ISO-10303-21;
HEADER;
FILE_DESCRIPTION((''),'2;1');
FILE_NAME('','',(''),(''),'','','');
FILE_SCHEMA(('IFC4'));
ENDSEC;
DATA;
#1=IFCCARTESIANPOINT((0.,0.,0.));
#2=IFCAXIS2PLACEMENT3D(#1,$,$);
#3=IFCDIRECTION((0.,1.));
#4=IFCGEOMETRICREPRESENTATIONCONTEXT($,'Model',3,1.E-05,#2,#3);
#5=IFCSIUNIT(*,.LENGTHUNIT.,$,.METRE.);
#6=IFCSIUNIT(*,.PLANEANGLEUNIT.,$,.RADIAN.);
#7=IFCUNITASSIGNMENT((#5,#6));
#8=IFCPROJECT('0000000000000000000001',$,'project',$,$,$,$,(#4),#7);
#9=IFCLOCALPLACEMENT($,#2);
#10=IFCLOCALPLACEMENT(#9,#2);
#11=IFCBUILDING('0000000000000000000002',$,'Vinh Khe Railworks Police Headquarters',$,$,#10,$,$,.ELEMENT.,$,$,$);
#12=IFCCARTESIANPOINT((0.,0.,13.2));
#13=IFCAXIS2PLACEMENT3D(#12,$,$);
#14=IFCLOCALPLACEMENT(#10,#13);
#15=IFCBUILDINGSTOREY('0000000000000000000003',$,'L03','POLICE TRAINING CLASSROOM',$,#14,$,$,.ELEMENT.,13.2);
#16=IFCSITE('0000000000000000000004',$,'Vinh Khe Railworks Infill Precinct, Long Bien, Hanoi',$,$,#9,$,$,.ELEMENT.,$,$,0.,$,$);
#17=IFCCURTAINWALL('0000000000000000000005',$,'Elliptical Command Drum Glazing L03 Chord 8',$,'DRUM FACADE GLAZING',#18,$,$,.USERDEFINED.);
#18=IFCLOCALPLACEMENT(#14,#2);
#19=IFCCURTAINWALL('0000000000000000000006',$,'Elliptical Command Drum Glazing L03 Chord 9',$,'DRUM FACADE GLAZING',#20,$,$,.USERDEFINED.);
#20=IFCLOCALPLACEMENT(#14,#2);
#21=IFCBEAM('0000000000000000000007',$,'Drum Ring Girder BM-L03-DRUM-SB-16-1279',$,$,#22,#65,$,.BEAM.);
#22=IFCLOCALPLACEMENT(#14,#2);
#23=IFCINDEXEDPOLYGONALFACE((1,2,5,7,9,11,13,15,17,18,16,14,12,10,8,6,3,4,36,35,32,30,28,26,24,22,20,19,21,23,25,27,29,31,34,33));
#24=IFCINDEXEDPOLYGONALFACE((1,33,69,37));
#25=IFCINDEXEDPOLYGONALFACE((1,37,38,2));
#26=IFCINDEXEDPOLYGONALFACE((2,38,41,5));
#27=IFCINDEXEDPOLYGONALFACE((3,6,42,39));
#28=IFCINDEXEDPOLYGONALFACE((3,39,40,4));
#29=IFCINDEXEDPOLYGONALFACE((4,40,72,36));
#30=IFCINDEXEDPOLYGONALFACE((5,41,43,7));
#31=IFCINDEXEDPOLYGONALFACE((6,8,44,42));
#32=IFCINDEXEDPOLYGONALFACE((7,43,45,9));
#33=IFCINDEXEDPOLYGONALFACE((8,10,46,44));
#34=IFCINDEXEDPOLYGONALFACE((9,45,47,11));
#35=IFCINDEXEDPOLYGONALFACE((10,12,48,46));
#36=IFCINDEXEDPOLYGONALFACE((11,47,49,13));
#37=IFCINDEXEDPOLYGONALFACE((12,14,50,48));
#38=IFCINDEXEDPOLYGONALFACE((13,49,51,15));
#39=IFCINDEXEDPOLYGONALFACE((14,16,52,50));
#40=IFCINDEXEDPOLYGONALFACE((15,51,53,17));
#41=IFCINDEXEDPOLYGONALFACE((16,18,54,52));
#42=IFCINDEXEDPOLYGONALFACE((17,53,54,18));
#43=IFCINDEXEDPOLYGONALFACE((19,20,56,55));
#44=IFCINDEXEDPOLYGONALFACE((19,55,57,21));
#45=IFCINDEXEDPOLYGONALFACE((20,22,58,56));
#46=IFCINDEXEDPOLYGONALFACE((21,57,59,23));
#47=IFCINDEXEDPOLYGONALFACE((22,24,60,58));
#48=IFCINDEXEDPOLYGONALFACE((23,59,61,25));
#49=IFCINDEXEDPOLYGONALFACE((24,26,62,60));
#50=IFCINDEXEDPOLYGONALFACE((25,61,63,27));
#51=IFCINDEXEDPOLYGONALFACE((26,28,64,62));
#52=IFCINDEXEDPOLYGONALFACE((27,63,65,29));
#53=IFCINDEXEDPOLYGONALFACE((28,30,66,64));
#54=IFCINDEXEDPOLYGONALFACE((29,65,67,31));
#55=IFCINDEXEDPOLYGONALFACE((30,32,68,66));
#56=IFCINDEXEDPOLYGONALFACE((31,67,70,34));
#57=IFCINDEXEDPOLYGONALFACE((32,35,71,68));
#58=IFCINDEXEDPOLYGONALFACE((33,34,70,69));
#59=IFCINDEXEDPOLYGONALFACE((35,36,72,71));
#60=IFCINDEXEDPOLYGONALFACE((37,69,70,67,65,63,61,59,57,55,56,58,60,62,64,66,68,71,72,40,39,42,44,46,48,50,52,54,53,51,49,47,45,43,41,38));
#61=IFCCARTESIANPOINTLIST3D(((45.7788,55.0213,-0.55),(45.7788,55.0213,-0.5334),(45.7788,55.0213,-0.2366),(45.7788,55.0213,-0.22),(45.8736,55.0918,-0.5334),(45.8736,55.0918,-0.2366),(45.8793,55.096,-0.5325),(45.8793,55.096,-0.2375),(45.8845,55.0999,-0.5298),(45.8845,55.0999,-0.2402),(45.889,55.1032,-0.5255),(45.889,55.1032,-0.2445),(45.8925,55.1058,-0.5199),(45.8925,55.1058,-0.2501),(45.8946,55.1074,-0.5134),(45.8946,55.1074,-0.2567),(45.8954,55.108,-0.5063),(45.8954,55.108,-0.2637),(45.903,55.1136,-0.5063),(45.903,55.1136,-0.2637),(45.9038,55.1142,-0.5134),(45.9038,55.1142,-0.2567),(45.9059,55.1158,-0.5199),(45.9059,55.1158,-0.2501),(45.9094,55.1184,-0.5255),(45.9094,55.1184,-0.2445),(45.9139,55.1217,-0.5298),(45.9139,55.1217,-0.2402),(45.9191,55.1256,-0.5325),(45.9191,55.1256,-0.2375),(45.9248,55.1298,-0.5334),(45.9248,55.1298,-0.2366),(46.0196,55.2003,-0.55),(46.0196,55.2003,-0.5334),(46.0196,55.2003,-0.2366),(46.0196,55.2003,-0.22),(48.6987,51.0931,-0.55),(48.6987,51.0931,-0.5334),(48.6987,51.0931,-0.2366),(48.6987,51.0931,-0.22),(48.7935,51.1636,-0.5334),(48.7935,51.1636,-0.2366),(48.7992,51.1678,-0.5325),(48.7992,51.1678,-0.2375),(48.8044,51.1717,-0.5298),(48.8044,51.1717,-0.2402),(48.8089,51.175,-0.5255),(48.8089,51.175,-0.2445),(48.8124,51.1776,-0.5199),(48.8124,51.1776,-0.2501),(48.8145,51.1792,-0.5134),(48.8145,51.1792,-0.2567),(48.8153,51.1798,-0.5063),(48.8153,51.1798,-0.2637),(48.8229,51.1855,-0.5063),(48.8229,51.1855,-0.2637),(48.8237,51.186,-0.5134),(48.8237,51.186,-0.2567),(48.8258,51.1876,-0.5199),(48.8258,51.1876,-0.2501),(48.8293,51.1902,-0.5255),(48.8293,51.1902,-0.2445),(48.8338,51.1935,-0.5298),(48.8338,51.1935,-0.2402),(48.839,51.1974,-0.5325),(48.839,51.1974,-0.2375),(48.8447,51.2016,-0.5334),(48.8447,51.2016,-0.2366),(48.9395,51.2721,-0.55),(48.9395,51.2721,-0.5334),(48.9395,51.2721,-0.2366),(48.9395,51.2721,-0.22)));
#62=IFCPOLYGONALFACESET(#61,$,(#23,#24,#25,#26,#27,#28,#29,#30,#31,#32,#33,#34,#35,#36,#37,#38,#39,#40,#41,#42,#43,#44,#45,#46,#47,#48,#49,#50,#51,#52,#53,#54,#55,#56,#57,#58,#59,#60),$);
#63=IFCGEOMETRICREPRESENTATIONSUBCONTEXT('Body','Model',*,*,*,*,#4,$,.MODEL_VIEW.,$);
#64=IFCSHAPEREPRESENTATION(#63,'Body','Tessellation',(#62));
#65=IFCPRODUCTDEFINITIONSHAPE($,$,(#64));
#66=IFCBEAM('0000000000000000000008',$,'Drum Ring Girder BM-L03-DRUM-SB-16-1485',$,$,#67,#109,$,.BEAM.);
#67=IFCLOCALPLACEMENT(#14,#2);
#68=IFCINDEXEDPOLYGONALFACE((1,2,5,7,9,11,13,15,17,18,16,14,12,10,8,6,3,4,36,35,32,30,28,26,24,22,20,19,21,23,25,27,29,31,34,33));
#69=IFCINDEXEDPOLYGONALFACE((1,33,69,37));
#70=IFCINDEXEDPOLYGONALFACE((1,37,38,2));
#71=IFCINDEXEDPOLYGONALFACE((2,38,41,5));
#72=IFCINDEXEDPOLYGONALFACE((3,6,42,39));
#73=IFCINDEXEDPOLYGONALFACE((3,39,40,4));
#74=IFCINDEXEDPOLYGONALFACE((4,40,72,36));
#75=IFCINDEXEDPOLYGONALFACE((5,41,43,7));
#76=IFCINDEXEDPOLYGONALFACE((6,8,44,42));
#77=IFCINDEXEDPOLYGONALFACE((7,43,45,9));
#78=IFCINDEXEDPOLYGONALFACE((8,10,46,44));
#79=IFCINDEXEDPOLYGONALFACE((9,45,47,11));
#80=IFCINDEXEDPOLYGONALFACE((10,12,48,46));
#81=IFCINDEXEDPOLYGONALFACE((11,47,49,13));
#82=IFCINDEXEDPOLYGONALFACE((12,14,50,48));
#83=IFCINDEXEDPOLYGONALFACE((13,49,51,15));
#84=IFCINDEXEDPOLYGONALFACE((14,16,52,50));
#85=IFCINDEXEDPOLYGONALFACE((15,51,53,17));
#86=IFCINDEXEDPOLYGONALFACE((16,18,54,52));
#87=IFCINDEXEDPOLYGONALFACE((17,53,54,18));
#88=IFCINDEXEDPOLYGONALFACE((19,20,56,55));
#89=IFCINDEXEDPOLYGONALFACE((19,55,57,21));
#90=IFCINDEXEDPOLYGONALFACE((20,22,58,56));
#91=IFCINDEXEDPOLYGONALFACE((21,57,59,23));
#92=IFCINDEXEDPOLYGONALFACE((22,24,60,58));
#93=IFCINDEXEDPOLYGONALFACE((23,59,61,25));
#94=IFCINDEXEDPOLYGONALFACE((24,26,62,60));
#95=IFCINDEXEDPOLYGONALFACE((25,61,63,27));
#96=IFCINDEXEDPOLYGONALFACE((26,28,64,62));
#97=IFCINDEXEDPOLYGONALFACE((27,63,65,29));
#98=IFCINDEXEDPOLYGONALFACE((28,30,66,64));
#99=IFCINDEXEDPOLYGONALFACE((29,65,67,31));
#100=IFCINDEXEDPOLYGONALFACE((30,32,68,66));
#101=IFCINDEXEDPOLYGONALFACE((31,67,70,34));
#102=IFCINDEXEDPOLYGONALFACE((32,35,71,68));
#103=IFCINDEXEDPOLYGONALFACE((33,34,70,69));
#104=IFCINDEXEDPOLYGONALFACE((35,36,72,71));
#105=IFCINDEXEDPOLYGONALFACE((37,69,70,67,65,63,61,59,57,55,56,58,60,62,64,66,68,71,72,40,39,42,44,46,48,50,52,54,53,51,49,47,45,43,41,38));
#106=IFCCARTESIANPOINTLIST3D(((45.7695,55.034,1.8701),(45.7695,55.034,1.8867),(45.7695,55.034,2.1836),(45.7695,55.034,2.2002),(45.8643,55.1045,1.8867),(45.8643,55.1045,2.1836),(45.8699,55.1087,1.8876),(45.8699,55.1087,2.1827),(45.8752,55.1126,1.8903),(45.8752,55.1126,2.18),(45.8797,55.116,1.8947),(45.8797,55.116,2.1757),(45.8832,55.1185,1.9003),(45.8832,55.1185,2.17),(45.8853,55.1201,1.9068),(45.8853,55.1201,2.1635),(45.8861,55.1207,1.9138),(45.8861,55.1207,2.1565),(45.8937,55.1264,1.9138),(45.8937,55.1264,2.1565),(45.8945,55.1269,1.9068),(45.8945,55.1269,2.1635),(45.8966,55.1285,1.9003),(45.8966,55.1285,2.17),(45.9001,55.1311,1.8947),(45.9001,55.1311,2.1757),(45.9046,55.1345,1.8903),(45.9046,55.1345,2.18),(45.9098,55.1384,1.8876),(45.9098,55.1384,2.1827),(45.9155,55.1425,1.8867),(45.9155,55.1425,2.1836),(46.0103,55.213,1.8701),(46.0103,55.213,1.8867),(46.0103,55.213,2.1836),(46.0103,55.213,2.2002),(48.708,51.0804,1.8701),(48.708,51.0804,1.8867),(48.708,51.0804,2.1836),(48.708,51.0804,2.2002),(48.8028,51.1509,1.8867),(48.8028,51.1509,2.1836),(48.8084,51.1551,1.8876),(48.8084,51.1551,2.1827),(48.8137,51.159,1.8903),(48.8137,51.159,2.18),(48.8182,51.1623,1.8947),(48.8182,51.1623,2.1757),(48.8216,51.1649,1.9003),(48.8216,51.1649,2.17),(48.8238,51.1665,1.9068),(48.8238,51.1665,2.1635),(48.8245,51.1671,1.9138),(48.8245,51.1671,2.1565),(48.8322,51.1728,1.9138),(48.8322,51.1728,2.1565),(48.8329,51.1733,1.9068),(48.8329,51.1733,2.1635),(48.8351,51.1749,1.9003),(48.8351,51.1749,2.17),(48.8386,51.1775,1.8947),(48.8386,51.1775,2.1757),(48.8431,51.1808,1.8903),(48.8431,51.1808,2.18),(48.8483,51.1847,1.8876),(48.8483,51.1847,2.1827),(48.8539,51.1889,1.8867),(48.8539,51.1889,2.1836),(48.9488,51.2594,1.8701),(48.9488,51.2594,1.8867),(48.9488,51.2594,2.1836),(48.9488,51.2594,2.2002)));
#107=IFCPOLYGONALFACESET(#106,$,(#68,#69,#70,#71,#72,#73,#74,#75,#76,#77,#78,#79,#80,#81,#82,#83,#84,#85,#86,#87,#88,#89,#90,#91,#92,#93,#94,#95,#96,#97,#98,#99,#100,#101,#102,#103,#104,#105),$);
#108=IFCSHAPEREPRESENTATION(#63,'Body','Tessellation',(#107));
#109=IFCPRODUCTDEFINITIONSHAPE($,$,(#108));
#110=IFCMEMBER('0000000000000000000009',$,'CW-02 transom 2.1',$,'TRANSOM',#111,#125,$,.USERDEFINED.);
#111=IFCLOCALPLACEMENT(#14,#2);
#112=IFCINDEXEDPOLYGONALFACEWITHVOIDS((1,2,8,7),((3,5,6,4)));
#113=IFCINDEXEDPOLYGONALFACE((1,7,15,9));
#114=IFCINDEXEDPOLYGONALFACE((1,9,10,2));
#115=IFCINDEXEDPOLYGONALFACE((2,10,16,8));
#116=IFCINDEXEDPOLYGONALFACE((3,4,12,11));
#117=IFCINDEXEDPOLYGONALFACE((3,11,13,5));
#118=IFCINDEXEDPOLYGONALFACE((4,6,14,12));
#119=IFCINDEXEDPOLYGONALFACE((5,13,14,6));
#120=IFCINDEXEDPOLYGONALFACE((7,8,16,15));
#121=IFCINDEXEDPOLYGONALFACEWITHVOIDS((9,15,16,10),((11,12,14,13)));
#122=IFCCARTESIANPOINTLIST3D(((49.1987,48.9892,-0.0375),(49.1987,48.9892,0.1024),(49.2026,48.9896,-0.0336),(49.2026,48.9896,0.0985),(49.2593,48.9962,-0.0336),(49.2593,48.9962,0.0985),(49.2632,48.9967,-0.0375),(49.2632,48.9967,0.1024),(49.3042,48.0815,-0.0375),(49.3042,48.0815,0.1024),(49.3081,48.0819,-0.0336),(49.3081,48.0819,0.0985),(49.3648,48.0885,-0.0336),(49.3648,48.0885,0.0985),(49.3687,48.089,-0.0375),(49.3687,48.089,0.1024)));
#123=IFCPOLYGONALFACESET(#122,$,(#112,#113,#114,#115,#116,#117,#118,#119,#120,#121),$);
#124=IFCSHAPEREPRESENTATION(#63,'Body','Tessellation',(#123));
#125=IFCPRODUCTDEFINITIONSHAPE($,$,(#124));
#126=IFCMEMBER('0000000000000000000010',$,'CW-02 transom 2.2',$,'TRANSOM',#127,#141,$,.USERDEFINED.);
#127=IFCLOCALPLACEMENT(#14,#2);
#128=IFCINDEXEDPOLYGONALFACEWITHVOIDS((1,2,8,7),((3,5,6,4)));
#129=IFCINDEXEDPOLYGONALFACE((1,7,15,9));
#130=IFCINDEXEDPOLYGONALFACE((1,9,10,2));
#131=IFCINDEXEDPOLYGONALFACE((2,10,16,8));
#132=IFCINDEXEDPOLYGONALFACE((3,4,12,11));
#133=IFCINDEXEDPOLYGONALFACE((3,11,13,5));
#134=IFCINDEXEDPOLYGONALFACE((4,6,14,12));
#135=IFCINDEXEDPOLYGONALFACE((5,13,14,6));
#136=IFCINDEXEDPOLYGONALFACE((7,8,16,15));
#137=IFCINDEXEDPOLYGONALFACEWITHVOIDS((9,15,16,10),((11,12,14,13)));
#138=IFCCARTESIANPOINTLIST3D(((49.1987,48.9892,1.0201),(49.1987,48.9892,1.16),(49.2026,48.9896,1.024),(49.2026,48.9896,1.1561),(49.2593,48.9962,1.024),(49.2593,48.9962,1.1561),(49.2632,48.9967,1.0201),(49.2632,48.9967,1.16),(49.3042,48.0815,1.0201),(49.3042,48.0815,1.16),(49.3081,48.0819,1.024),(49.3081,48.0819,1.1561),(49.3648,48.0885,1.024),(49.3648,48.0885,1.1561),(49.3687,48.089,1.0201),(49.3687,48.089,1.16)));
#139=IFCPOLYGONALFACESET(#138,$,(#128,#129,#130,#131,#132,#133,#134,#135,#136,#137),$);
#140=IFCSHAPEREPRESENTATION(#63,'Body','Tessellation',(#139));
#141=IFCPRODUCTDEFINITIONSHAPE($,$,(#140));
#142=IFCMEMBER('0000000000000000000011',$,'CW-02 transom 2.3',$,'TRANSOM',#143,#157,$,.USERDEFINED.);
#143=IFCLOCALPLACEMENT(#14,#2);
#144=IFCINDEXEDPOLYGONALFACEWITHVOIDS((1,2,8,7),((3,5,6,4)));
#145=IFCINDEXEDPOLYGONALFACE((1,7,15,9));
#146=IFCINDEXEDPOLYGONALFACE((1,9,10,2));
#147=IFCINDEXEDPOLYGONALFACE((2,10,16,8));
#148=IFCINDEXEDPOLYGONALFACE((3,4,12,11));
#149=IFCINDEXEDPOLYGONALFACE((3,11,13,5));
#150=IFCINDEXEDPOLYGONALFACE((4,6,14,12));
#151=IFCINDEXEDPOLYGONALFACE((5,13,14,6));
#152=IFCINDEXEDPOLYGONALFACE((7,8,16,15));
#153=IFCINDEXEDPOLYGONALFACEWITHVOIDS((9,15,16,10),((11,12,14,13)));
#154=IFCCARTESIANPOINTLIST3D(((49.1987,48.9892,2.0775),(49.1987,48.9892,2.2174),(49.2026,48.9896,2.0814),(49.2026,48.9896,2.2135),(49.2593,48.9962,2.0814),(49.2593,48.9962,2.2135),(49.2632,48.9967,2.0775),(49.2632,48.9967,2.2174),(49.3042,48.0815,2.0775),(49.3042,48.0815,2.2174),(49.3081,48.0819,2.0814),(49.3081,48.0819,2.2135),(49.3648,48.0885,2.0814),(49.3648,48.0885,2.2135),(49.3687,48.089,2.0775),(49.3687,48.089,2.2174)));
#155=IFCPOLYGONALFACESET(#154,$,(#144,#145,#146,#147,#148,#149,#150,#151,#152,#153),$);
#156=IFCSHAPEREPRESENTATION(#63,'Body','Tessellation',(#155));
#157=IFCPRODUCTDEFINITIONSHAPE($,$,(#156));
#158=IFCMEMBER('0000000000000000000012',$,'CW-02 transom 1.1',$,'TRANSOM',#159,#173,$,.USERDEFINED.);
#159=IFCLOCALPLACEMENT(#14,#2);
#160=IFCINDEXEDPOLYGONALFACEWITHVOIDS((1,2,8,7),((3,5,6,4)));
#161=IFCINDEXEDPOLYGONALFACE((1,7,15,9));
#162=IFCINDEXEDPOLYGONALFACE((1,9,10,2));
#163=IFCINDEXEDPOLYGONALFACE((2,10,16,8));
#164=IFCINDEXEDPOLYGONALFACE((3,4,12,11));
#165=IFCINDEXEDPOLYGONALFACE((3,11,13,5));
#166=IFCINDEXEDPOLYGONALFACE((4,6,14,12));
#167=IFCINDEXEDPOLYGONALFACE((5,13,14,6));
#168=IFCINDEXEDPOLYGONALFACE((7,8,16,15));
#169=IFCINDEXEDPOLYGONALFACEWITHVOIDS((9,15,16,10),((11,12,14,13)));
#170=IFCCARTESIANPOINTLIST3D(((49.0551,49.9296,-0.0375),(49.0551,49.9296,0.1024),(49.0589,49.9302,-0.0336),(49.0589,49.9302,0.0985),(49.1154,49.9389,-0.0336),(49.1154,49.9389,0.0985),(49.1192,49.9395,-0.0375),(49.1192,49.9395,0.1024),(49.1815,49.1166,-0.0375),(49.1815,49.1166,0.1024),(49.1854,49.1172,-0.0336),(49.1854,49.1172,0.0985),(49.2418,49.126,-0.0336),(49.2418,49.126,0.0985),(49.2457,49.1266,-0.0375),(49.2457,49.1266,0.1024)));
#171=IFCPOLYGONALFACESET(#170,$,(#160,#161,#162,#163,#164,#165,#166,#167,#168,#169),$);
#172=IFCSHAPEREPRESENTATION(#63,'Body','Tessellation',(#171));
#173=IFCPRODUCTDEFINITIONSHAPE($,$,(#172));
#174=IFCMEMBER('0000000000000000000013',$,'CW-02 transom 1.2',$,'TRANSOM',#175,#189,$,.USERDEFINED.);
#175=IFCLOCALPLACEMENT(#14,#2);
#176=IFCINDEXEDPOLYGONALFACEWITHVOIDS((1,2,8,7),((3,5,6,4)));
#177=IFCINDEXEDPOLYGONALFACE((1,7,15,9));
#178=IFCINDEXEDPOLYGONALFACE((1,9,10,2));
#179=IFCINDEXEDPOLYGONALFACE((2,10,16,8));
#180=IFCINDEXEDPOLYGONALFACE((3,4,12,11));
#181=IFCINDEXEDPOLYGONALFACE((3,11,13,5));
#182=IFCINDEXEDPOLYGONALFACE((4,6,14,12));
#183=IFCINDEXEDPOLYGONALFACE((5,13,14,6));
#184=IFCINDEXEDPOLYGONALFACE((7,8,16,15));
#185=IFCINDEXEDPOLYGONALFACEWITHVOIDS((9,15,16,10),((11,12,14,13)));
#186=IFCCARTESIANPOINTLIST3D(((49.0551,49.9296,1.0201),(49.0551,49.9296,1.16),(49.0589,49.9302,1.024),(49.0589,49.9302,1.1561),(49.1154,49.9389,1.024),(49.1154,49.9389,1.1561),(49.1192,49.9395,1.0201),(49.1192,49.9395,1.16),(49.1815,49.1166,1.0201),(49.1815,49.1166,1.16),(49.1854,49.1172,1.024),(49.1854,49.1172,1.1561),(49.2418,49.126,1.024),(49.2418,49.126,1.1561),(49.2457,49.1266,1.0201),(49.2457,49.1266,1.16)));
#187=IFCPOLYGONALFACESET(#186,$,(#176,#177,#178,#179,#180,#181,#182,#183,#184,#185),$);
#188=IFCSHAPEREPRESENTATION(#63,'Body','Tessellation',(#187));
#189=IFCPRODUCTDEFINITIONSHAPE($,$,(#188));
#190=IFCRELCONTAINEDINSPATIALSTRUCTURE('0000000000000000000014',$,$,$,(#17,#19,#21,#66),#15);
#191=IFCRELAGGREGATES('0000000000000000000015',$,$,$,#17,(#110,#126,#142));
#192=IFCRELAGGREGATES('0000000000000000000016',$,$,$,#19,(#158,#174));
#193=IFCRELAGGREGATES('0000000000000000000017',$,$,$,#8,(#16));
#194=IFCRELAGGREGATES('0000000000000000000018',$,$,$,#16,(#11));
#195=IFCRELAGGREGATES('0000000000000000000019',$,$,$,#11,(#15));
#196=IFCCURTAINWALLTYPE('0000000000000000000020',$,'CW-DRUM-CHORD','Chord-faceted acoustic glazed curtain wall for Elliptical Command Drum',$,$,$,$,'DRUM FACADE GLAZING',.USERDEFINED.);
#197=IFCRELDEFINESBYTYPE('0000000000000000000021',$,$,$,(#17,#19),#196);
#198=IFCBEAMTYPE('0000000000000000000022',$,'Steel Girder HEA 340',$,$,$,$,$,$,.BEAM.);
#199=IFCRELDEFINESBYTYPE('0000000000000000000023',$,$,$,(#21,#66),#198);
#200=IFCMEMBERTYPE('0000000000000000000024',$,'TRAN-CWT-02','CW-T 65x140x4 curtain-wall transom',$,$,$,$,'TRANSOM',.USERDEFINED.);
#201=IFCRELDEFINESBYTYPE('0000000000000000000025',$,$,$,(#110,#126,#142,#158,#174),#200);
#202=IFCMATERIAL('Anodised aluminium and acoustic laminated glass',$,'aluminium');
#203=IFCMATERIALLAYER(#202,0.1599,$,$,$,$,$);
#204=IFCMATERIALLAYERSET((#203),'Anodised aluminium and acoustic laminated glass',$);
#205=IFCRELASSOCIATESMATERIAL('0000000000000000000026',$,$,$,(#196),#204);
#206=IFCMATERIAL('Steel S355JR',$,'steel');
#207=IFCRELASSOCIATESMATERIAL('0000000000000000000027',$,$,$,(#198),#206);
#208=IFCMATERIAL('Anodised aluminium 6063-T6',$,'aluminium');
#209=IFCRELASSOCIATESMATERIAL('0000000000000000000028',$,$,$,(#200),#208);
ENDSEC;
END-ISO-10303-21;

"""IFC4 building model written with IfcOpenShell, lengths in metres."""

from ifc_helpers import new_model, si_unit, direction, frame, origin, origin_2d, place, context, subcontext, project, spatial, hollow_rectangle, i_section, extrude, material, layer, layer_set, material_profile, profile_set, type_object, element, aggregate, save


model = new_model("IFC4")

# Units and contexts
model_context = context("Model", 3, precision=1e-05, world=origin(), true_north=direction((0.0, 1.0)))
body_context = subcontext(model_context, "Body", "Model", "MODEL_VIEW")
ifc_project = project(units=[si_unit("LENGTHUNIT", "METRE"), si_unit("PLANEANGLEUNIT", "RADIAN")], contexts=[model_context])

# Site, building, storey
site_placement = place(None, origin())
site = spatial("IfcSite", under=ifc_project, at=site_placement, Name="Vinh Khe Railworks Infill Precinct, Long Bien, Hanoi", CompositionType="ELEMENT", RefElevation=0.0)
building_placement = place(site_placement, origin())
building = spatial("IfcBuilding", under=site, at=building_placement, Name="Vinh Khe Railworks Police Headquarters", CompositionType="ELEMENT")
storey_placement = place(building_placement, frame((0.0, 0.0, 13.2)))
storey = spatial("IfcBuildingStorey", under=building, at=storey_placement, Name="L03", Description="POLICE TRAINING CLASSROOM", CompositionType="ELEMENT", Elevation=13.2)

# Shared definitions
ifc_material_1 = material(Name="Steel S355JR", Category="steel")

# Curtain walls
ifc_material_2 = material(Name="Anodised aluminium and acoustic laminated glass", Category="aluminium")
ifc_layer_1 = layer(ifc_material_2, 0.1599)
ifc_layer_set_1 = layer_set([ifc_layer_1], Name="Anodised aluminium and acoustic laminated glass")
curtain_wall_type = type_object("IfcCurtainWallType", Name="CW-DRUM-CHORD", Description="Chord-faceted acoustic glazed curtain wall for Elliptical Command Drum", ElementType="DRUM FACADE GLAZING", PredefinedType="USERDEFINED", material=ifc_layer_set_1)
curtain_wall_1_placement = place(storey_placement, origin())
curtain_wall_1 = element("IfcCurtainWall", 1, at=curtain_wall_1_placement, inside=storey, type_object=curtain_wall_type, Name="Elliptical Command Drum Glazing L03 Chord 8", ObjectType="DRUM FACADE GLAZING", PredefinedType="USERDEFINED")
ifc_material_3 = material(Name="Anodised aluminium 6063-T6", Category="aluminium")
curtain_wall_2_placement = place(storey_placement, origin())
curtain_wall_2 = element("IfcCurtainWall", 2, at=curtain_wall_2_placement, inside=storey, type_object=curtain_wall_type, Name="Elliptical Command Drum Glazing L03 Chord 9", ObjectType="DRUM FACADE GLAZING", PredefinedType="USERDEFINED")

# Beams
ifc_material_profile_1 = material_profile(ifc_material_1, i_section(OverallWidth=0.3, OverallDepth=0.3301, WebThickness=0.0095, FlangeThickness=0.0166, FilletRadius=0.0271, at=origin_2d()), Name="HEA 340")
ifc_profile_set_1 = profile_set([ifc_material_profile_1], Name="Steel S355JR")
beam_type = type_object("IfcBeamType", Name="Steel Girder HEA 340", PredefinedType="BEAM", material=ifc_profile_set_1)
beam_1_placement = place(storey_placement, frame((48.8191, 51.1826, -0.385), z_axis=(-0.596563, 0.802566, 0.0), x_axis=(-0.802566, -0.596563, 0.0)))
element("IfcBeam", 3, at=beam_1_placement, inside=storey, type_object=beam_type, Name="Drum Ring Girder BM-L03-DRUM-SB-16-1279", PredefinedType="BEAM", context=body_context, shape_type="SweptSolid", body=[
    extrude(i_section(OverallWidth=0.3, OverallDepth=0.3301, WebThickness=0.0095, FlangeThickness=0.0166, FilletRadius=0.0271, at=origin_2d()), origin(), (0.0, 0.0, 1.0), 4.8945),
])
beam_2_placement = place(storey_placement, frame((48.8284, 51.1699, 2.0352), z_axis=(-0.596521, 0.802597, 0.0), x_axis=(-0.802597, -0.596521, 0.0)))
element("IfcBeam", 4, at=beam_2_placement, inside=storey, type_object=beam_type, Name="Drum Ring Girder BM-L03-DRUM-SB-16-1485", PredefinedType="BEAM", context=body_context, shape_type="SweptSolid", body=[
    extrude(i_section(OverallWidth=0.3, OverallDepth=0.3301, WebThickness=0.0095, FlangeThickness=0.0166, FilletRadius=0.0271, at=origin_2d()), origin(), (0.0, 0.0, 1.0), 4.926),
])

# Members
ifc_material_profile_2 = material_profile(ifc_material_3, hollow_rectangle(XDim=0.0649, YDim=0.1399, WallThickness=0.0039, at=origin_2d()), Name="CW-T 65x140x4")
ifc_profile_set_2 = profile_set([ifc_material_profile_2], Name="Anodised aluminium 6063-T6")
member_type_1 = type_object("IfcMemberType", Name="TRAN-CWT-02", Description="CW-T 65x140x4 curtain-wall transom", ElementType="TRANSOM", PredefinedType="USERDEFINED", material=ifc_profile_set_2)
member_1_placement = place(storey_placement, frame((49.3364, 48.0852, 0.0325), z_axis=(-0.115415, 0.993317, 0.0), x_axis=(-0.993317, -0.115415, 0.0)))
member_1 = element("IfcMember", 5, at=member_1_placement, type_object=member_type_1, Name="CW-02 transom 2.1", ObjectType="TRANSOM", PredefinedType="USERDEFINED", context=body_context, shape_type="SweptSolid", body=[
    extrude(hollow_rectangle(XDim=0.0649, YDim=0.1399, WallThickness=0.0039, at=origin_2d()), origin(), (0.0, 0.0, 1.0), 0.9138),
])
member_2_placement = place(storey_placement, frame((49.3364, 48.0852, 1.0901), z_axis=(-0.115415, 0.993317, 0.0), x_axis=(-0.993317, -0.115415, 0.0)))
member_2 = element("IfcMember", 6, at=member_2_placement, type_object=member_type_1, Name="CW-02 transom 2.2", ObjectType="TRANSOM", PredefinedType="USERDEFINED", context=body_context, shape_type="SweptSolid", body=[
    extrude(hollow_rectangle(XDim=0.0649, YDim=0.1399, WallThickness=0.0039, at=origin_2d()), origin(), (0.0, 0.0, 1.0), 0.9138),
])
member_3_placement = place(storey_placement, frame((49.3364, 48.0852, 2.1475), z_axis=(-0.115415, 0.993317, 0.0), x_axis=(-0.993317, -0.115415, 0.0)))
member_3 = element("IfcMember", 7, at=member_3_placement, type_object=member_type_1, Name="CW-02 transom 2.3", ObjectType="TRANSOM", PredefinedType="USERDEFINED", context=body_context, shape_type="SweptSolid", body=[
    extrude(hollow_rectangle(XDim=0.0649, YDim=0.1399, WallThickness=0.0039, at=origin_2d()), origin(), (0.0, 0.0, 1.0), 0.9138),
])
member_4_placement = place(storey_placement, frame((49.2136, 49.1216, 0.0325), z_axis=(-0.153707, 0.988116, 0.0), x_axis=(-0.988116, -0.153707, 0.0)))
member_4 = element("IfcMember", 8, at=member_4_placement, type_object=member_type_1, Name="CW-02 transom 1.1", ObjectType="TRANSOM", PredefinedType="USERDEFINED", context=body_context, shape_type="SweptSolid", body=[
    extrude(hollow_rectangle(XDim=0.0649, YDim=0.1399, WallThickness=0.0039, at=origin_2d()), origin(), (0.0, 0.0, 1.0), 0.8228),
])
member_5_placement = place(storey_placement, frame((49.2136, 49.1216, 1.0901), z_axis=(-0.153707, 0.988116, 0.0), x_axis=(-0.988116, -0.153707, 0.0)))
member_5 = element("IfcMember", 9, at=member_5_placement, type_object=member_type_1, Name="CW-02 transom 1.2", ObjectType="TRANSOM", PredefinedType="USERDEFINED", context=body_context, shape_type="SweptSolid", body=[
    extrude(hollow_rectangle(XDim=0.0649, YDim=0.1399, WallThickness=0.0039, at=origin_2d()), origin(), (0.0, 0.0, 1.0), 0.8228),
])

aggregate(curtain_wall_1, [member_1, member_2, member_3])
aggregate(curtain_wall_2, [member_4, member_5])

save(model, "model.ifc")
